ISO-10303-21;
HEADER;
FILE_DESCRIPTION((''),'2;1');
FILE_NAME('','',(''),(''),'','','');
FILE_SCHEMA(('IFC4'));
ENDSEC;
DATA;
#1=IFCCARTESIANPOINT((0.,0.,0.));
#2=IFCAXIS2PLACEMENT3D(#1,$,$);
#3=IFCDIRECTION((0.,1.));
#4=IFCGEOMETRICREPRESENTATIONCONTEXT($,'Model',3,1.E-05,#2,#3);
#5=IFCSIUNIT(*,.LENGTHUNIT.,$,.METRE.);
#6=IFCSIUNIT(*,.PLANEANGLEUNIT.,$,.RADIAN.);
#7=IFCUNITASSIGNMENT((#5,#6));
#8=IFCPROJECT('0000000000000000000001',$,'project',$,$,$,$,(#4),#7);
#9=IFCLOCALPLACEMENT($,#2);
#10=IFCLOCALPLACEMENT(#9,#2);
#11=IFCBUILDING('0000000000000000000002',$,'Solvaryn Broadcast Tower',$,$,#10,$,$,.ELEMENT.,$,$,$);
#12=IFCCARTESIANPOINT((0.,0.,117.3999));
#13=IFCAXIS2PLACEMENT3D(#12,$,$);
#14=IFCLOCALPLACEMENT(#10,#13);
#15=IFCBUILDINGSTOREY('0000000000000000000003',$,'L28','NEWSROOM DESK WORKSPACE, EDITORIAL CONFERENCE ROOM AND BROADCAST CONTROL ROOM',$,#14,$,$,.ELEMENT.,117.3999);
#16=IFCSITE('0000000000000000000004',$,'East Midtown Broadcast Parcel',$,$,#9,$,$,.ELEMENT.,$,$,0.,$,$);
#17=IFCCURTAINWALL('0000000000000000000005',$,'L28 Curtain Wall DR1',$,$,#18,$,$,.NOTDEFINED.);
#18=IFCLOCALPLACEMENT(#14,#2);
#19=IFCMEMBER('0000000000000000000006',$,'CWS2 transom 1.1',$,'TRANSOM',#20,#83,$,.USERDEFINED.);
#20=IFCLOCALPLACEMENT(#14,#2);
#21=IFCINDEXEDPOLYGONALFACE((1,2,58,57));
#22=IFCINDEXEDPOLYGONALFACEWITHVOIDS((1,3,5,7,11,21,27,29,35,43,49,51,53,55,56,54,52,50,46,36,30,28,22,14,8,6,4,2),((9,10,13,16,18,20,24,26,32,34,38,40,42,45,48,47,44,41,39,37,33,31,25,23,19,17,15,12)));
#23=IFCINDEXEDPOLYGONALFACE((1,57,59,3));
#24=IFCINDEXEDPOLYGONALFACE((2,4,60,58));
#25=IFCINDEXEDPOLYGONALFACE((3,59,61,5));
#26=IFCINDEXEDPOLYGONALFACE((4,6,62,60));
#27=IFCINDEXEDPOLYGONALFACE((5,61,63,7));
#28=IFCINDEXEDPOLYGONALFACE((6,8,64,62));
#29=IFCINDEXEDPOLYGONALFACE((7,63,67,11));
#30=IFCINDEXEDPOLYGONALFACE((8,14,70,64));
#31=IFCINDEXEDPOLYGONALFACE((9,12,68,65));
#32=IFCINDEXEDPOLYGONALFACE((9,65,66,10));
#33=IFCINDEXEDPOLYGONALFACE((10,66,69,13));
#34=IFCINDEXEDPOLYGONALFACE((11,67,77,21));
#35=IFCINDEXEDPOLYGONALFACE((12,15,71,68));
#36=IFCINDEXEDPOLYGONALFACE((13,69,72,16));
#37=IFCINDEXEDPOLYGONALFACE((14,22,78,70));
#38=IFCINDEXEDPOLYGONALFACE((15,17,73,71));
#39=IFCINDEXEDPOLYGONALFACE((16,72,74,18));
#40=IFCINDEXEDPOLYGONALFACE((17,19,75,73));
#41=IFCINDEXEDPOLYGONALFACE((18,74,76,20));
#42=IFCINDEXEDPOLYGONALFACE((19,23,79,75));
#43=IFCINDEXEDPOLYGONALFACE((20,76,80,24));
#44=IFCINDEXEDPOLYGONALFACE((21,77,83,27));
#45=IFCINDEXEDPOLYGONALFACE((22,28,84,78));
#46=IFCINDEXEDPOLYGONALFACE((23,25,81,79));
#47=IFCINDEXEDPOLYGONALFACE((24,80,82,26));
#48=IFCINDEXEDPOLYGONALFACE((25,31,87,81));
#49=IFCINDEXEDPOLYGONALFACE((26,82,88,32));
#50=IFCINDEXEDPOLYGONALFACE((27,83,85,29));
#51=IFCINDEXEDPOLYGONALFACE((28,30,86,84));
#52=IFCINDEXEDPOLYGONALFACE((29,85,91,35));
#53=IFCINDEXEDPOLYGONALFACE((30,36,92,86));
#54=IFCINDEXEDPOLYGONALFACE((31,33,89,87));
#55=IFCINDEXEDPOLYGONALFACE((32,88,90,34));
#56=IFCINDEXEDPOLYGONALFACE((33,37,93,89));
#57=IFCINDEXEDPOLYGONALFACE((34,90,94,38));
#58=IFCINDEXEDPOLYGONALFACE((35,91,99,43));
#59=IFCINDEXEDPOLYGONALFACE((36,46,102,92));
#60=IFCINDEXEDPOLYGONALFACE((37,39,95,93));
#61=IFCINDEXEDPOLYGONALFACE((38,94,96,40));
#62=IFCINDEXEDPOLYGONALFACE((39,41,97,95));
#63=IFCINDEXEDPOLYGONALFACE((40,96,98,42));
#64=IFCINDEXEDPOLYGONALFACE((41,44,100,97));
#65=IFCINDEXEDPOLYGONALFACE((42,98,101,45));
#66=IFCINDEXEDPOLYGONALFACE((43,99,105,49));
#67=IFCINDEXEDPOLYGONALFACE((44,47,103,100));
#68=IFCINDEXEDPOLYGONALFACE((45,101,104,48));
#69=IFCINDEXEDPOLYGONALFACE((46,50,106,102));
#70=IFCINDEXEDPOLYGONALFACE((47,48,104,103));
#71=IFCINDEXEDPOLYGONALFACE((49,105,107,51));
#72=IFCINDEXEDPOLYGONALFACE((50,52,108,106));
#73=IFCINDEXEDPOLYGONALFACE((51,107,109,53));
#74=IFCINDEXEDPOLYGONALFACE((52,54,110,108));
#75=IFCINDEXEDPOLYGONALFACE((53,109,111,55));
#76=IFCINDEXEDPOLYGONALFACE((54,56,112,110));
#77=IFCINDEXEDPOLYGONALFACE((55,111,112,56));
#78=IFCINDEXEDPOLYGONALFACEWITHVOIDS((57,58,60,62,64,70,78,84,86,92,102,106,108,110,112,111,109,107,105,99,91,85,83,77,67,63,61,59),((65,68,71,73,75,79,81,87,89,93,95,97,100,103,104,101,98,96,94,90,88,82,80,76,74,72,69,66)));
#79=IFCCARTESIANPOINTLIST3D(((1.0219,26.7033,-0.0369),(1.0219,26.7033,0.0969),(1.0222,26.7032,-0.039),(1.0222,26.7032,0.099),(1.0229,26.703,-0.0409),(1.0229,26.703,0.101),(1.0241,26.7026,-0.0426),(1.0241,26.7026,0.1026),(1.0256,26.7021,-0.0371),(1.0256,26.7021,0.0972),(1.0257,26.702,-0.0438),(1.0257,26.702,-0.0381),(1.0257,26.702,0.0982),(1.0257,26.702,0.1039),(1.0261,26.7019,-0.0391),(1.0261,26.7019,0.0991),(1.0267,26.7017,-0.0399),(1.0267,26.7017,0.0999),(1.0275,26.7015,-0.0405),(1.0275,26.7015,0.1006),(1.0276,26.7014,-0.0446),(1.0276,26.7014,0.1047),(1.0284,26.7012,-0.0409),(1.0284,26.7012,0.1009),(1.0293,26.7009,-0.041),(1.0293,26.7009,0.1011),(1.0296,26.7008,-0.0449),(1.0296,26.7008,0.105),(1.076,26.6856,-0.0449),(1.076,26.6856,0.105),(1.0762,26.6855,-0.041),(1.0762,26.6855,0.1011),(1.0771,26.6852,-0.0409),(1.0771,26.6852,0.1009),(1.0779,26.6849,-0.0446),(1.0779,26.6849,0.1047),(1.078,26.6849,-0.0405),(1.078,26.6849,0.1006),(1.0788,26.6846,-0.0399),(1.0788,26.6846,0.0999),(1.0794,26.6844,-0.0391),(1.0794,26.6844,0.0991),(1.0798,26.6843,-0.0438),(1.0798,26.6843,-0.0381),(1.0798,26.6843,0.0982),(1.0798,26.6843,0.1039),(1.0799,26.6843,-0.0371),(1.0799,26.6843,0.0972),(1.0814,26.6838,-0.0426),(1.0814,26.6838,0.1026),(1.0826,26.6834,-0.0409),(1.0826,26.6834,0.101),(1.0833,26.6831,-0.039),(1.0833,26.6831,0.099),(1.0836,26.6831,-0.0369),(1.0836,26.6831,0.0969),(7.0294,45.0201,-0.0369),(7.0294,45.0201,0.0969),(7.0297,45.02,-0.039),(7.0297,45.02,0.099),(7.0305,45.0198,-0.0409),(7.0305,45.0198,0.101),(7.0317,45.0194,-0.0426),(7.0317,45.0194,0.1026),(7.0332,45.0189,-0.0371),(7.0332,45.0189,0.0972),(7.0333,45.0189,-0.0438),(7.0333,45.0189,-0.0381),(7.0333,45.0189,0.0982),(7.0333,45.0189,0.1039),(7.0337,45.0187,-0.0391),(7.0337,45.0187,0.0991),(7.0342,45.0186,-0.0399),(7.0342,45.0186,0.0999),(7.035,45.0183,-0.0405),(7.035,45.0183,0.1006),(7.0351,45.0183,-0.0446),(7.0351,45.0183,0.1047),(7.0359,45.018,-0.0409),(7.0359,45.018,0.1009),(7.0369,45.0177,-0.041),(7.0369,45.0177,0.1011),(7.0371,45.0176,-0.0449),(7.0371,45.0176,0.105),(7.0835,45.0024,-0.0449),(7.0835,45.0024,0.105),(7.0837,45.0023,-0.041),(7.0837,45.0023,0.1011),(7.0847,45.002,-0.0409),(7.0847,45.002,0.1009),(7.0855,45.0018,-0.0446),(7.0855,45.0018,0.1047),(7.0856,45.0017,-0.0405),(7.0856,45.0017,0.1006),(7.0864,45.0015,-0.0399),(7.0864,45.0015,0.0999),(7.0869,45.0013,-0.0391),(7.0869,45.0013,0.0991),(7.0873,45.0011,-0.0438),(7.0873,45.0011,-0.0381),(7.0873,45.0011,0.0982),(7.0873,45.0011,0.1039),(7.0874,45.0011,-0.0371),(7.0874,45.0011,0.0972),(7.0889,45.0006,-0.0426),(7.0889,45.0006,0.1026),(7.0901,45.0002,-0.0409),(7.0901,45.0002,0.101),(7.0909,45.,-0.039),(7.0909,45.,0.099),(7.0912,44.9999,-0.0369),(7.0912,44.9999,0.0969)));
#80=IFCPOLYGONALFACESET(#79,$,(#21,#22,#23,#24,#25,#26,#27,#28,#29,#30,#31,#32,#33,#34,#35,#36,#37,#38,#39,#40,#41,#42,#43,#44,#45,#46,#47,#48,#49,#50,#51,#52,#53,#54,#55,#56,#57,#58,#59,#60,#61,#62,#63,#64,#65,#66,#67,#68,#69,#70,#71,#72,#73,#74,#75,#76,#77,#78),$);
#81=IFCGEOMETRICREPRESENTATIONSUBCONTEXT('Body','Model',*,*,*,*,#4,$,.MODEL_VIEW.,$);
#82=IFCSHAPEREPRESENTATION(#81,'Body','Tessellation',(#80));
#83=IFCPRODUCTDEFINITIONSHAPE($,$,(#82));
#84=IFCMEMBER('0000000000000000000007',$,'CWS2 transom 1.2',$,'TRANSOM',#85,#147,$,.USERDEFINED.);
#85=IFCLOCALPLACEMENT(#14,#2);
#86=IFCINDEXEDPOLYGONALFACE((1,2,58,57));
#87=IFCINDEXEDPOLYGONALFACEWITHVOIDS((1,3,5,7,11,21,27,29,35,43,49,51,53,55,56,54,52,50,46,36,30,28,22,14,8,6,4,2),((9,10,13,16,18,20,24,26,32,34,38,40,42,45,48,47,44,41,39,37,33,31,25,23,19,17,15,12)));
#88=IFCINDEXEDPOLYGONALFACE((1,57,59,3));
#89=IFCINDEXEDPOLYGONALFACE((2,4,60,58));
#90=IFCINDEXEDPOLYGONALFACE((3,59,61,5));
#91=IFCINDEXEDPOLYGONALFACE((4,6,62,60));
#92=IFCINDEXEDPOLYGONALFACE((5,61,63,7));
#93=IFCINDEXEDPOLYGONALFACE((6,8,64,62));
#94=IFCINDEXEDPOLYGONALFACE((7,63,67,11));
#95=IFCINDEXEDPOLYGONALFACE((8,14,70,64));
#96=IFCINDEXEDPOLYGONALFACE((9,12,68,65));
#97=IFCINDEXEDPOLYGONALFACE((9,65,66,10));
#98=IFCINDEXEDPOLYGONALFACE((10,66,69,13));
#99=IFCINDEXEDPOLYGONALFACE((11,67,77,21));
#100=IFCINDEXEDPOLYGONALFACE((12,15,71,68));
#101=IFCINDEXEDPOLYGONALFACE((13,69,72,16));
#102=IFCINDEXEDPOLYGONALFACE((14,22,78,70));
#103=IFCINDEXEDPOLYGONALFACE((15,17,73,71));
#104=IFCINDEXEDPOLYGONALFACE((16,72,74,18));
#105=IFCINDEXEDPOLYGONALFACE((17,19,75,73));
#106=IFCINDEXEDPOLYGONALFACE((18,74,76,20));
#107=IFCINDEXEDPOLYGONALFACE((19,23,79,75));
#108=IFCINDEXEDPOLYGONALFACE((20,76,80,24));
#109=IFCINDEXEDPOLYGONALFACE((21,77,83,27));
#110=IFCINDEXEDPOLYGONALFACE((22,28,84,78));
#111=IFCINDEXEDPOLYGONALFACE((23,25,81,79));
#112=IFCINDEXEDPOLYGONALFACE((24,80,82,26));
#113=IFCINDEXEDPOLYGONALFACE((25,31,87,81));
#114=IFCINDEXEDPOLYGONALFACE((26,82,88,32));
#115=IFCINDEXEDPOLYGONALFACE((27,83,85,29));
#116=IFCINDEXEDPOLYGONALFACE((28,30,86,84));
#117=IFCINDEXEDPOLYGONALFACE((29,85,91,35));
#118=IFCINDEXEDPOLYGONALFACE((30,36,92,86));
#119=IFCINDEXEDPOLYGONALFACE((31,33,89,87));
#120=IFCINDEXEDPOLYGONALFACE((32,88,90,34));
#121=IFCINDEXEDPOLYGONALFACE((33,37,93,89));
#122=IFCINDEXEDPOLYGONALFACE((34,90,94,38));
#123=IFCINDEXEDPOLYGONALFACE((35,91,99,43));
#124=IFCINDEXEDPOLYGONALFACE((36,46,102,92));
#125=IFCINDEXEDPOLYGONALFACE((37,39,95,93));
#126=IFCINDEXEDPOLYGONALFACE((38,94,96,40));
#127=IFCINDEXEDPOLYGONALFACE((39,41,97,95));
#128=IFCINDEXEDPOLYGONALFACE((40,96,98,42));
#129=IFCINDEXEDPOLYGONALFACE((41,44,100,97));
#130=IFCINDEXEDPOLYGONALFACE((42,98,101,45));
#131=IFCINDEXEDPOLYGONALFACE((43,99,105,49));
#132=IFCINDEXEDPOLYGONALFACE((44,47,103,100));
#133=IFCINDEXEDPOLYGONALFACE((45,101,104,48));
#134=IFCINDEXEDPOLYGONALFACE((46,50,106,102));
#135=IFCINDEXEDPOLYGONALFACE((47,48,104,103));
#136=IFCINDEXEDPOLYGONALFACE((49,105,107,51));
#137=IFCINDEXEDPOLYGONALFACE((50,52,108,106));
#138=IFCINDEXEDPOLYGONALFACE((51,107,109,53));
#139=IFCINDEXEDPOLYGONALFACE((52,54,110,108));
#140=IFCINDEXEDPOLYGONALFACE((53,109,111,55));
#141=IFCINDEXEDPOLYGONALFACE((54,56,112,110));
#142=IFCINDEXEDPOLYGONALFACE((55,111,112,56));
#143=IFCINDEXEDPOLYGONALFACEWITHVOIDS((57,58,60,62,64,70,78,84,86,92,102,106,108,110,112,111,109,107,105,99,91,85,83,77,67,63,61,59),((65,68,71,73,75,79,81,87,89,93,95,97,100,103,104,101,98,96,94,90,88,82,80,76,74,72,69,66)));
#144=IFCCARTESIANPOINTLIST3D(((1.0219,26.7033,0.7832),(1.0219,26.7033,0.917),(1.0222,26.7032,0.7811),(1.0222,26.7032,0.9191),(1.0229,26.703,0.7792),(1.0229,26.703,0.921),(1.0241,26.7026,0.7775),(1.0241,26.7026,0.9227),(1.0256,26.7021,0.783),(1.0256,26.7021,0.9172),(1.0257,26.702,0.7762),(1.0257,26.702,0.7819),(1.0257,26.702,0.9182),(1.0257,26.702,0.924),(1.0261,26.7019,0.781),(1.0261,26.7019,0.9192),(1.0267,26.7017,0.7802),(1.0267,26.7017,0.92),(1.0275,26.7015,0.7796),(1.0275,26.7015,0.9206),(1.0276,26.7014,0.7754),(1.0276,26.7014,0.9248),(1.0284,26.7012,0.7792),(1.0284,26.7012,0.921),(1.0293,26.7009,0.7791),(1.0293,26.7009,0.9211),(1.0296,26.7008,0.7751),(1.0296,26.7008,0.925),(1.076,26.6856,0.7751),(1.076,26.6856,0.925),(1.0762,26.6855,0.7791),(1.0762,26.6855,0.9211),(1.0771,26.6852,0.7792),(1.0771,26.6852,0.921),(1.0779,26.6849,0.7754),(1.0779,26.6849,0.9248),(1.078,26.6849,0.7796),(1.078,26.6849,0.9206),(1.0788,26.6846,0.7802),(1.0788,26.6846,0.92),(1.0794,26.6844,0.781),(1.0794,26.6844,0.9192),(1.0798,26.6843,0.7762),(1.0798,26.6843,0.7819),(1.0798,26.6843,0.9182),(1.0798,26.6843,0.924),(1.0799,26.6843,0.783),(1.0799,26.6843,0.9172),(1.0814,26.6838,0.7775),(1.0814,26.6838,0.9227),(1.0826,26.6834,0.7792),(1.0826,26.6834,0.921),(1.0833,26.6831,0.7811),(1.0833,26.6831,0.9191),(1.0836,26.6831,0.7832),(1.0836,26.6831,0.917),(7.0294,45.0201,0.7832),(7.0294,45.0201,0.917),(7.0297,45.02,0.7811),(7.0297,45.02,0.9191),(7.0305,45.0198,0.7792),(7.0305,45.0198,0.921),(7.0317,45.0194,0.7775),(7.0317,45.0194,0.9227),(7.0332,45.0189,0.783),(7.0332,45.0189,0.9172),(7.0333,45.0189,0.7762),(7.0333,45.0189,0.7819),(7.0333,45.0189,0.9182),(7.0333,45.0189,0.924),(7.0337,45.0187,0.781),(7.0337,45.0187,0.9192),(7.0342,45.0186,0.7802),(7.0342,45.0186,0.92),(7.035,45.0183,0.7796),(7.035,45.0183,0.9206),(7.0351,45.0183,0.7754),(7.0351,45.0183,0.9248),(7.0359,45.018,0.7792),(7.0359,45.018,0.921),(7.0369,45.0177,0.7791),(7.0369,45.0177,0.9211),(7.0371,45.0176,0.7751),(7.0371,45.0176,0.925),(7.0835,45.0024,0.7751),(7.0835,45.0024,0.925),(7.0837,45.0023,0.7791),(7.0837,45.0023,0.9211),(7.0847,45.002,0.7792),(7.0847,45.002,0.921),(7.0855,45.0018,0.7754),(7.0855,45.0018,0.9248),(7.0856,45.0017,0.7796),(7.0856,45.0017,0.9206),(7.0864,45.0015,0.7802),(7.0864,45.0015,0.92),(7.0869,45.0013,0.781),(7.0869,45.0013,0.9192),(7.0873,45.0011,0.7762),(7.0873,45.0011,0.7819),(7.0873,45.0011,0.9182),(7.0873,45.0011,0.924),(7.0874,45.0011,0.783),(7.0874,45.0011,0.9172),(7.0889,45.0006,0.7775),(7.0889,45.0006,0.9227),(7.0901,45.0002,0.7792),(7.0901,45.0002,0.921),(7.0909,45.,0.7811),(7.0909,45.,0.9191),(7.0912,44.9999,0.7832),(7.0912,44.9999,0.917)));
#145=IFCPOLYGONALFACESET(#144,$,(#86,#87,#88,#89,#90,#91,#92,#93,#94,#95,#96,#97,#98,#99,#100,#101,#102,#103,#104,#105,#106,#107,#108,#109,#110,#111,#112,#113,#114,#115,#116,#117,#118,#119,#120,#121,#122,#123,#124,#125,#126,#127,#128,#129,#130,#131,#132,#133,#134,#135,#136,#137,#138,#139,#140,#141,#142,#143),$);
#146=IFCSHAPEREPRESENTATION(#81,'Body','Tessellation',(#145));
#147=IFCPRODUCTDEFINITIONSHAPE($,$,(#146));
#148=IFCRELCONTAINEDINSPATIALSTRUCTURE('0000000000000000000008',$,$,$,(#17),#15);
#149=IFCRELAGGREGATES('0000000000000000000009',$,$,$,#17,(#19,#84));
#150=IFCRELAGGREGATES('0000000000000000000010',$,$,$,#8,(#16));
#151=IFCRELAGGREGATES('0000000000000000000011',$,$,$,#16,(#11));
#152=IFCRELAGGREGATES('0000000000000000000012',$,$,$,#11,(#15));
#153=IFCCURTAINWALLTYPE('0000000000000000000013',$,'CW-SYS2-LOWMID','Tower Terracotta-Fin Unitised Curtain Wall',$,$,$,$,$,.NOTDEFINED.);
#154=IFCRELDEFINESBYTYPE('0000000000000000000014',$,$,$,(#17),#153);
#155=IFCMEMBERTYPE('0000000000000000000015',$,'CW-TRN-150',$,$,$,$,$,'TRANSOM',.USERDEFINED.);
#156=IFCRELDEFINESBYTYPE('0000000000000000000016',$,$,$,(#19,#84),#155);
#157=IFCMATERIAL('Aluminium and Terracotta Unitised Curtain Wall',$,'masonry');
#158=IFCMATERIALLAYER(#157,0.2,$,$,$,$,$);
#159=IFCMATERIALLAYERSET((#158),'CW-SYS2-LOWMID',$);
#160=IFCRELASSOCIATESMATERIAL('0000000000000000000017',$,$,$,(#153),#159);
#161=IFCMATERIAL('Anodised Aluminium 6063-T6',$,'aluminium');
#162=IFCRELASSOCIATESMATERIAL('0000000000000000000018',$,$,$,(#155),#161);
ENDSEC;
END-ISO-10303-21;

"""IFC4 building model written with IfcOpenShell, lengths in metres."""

from ifc_helpers import new_model, si_unit, direction, frame, origin, origin_2d, place, context, subcontext, project, spatial, hollow_rectangle, extrude, material, layer, layer_set, material_profile, profile_set, type_object, element, aggregate, save


model = new_model("IFC4")

# Units and contexts
model_context = context("Model", 3, precision=1e-05, world=origin(), true_north=direction((0.0, 1.0)))
body_context = subcontext(model_context, "Body", "Model", "MODEL_VIEW")
ifc_project = project(units=[si_unit("LENGTHUNIT", "METRE"), si_unit("PLANEANGLEUNIT", "RADIAN")], contexts=[model_context])

# Site, building, storey
site_placement = place(None, origin())
site = spatial("IfcSite", under=ifc_project, at=site_placement, Name="East Midtown Broadcast Parcel", CompositionType="ELEMENT", RefElevation=0.0)
building_placement = place(site_placement, origin())
building = spatial("IfcBuilding", under=site, at=building_placement, Name="Solvaryn Broadcast Tower", CompositionType="ELEMENT")
storey_placement = place(building_placement, frame((0.0, 0.0, 117.3999)))
storey = spatial("IfcBuildingStorey", under=building, at=storey_placement, Name="L28", Description="NEWSROOM DESK WORKSPACE, EDITORIAL CONFERENCE ROOM AND BROADCAST CONTROL ROOM", CompositionType="ELEMENT", Elevation=117.3999)

# Curtain wall
ifc_material_1 = material(Name="Aluminium and Terracotta Unitised Curtain Wall", Category="masonry")
ifc_layer_1 = layer(ifc_material_1, 0.2)
ifc_layer_set_1 = layer_set([ifc_layer_1], Name="CW-SYS2-LOWMID")
curtain_wall_type = type_object("IfcCurtainWallType", Name="CW-SYS2-LOWMID", Description="Tower Terracotta-Fin Unitised Curtain Wall", PredefinedType="NOTDEFINED", material=ifc_layer_set_1)
curtain_wall_1_placement = place(storey_placement, origin())
curtain_wall_1 = element("IfcCurtainWall", 1, at=curtain_wall_1_placement, inside=storey, type_object=curtain_wall_type, Name="L28 Curtain Wall DR1", PredefinedType="NOTDEFINED")

# Members
ifc_material_2 = material(Name="Anodised Aluminium 6063-T6", Category="aluminium")
ifc_material_profile_1 = material_profile(ifc_material_2, hollow_rectangle(XDim=0.0649, YDim=0.1499, WallThickness=0.0039, InnerFilletRadius=0.0039, OuterFilletRadius=0.0081, at=origin_2d()))
ifc_profile_set_1 = profile_set([ifc_material_profile_1], Name="Anodised Aluminium 6063-T6")
member_type_1 = type_object("IfcMemberType", Name="CW-TRN-150", ElementType="TRANSOM", PredefinedType="USERDEFINED", material=ifc_profile_set_1)
member_1_placement = place(storey_placement, frame((7.0603, 45.01, 0.03), z_axis=(-0.311646, -0.950198, 0.0), x_axis=(0.950198, -0.311646, 0.0)))
member_1 = element("IfcMember", 2, at=member_1_placement, type_object=member_type_1, Name="CWS2 transom 1.1", ObjectType="TRANSOM", PredefinedType="USERDEFINED", context=body_context, shape_type="SweptSolid", body=[
    extrude(hollow_rectangle(XDim=0.0649, YDim=0.1499, WallThickness=0.0039, InnerFilletRadius=0.0039, OuterFilletRadius=0.0081, at=origin_2d()), origin(), (0.0, 0.0, 1.0), 19.2769),
])
member_2_placement = place(storey_placement, frame((7.0603, 45.01, 0.8501), z_axis=(-0.311646, -0.950198, 0.0), x_axis=(0.950198, -0.311646, 0.0)))
member_2 = element("IfcMember", 3, at=member_2_placement, type_object=member_type_1, Name="CWS2 transom 1.2", ObjectType="TRANSOM", PredefinedType="USERDEFINED", context=body_context, shape_type="SweptSolid", body=[
    extrude(hollow_rectangle(XDim=0.0649, YDim=0.1499, WallThickness=0.0039, InnerFilletRadius=0.0039, OuterFilletRadius=0.0081, at=origin_2d()), origin(), (0.0, 0.0, 1.0), 19.2769),
])
aggregate(curtain_wall_1, [member_1, member_2])

save(model, "model.ifc")
